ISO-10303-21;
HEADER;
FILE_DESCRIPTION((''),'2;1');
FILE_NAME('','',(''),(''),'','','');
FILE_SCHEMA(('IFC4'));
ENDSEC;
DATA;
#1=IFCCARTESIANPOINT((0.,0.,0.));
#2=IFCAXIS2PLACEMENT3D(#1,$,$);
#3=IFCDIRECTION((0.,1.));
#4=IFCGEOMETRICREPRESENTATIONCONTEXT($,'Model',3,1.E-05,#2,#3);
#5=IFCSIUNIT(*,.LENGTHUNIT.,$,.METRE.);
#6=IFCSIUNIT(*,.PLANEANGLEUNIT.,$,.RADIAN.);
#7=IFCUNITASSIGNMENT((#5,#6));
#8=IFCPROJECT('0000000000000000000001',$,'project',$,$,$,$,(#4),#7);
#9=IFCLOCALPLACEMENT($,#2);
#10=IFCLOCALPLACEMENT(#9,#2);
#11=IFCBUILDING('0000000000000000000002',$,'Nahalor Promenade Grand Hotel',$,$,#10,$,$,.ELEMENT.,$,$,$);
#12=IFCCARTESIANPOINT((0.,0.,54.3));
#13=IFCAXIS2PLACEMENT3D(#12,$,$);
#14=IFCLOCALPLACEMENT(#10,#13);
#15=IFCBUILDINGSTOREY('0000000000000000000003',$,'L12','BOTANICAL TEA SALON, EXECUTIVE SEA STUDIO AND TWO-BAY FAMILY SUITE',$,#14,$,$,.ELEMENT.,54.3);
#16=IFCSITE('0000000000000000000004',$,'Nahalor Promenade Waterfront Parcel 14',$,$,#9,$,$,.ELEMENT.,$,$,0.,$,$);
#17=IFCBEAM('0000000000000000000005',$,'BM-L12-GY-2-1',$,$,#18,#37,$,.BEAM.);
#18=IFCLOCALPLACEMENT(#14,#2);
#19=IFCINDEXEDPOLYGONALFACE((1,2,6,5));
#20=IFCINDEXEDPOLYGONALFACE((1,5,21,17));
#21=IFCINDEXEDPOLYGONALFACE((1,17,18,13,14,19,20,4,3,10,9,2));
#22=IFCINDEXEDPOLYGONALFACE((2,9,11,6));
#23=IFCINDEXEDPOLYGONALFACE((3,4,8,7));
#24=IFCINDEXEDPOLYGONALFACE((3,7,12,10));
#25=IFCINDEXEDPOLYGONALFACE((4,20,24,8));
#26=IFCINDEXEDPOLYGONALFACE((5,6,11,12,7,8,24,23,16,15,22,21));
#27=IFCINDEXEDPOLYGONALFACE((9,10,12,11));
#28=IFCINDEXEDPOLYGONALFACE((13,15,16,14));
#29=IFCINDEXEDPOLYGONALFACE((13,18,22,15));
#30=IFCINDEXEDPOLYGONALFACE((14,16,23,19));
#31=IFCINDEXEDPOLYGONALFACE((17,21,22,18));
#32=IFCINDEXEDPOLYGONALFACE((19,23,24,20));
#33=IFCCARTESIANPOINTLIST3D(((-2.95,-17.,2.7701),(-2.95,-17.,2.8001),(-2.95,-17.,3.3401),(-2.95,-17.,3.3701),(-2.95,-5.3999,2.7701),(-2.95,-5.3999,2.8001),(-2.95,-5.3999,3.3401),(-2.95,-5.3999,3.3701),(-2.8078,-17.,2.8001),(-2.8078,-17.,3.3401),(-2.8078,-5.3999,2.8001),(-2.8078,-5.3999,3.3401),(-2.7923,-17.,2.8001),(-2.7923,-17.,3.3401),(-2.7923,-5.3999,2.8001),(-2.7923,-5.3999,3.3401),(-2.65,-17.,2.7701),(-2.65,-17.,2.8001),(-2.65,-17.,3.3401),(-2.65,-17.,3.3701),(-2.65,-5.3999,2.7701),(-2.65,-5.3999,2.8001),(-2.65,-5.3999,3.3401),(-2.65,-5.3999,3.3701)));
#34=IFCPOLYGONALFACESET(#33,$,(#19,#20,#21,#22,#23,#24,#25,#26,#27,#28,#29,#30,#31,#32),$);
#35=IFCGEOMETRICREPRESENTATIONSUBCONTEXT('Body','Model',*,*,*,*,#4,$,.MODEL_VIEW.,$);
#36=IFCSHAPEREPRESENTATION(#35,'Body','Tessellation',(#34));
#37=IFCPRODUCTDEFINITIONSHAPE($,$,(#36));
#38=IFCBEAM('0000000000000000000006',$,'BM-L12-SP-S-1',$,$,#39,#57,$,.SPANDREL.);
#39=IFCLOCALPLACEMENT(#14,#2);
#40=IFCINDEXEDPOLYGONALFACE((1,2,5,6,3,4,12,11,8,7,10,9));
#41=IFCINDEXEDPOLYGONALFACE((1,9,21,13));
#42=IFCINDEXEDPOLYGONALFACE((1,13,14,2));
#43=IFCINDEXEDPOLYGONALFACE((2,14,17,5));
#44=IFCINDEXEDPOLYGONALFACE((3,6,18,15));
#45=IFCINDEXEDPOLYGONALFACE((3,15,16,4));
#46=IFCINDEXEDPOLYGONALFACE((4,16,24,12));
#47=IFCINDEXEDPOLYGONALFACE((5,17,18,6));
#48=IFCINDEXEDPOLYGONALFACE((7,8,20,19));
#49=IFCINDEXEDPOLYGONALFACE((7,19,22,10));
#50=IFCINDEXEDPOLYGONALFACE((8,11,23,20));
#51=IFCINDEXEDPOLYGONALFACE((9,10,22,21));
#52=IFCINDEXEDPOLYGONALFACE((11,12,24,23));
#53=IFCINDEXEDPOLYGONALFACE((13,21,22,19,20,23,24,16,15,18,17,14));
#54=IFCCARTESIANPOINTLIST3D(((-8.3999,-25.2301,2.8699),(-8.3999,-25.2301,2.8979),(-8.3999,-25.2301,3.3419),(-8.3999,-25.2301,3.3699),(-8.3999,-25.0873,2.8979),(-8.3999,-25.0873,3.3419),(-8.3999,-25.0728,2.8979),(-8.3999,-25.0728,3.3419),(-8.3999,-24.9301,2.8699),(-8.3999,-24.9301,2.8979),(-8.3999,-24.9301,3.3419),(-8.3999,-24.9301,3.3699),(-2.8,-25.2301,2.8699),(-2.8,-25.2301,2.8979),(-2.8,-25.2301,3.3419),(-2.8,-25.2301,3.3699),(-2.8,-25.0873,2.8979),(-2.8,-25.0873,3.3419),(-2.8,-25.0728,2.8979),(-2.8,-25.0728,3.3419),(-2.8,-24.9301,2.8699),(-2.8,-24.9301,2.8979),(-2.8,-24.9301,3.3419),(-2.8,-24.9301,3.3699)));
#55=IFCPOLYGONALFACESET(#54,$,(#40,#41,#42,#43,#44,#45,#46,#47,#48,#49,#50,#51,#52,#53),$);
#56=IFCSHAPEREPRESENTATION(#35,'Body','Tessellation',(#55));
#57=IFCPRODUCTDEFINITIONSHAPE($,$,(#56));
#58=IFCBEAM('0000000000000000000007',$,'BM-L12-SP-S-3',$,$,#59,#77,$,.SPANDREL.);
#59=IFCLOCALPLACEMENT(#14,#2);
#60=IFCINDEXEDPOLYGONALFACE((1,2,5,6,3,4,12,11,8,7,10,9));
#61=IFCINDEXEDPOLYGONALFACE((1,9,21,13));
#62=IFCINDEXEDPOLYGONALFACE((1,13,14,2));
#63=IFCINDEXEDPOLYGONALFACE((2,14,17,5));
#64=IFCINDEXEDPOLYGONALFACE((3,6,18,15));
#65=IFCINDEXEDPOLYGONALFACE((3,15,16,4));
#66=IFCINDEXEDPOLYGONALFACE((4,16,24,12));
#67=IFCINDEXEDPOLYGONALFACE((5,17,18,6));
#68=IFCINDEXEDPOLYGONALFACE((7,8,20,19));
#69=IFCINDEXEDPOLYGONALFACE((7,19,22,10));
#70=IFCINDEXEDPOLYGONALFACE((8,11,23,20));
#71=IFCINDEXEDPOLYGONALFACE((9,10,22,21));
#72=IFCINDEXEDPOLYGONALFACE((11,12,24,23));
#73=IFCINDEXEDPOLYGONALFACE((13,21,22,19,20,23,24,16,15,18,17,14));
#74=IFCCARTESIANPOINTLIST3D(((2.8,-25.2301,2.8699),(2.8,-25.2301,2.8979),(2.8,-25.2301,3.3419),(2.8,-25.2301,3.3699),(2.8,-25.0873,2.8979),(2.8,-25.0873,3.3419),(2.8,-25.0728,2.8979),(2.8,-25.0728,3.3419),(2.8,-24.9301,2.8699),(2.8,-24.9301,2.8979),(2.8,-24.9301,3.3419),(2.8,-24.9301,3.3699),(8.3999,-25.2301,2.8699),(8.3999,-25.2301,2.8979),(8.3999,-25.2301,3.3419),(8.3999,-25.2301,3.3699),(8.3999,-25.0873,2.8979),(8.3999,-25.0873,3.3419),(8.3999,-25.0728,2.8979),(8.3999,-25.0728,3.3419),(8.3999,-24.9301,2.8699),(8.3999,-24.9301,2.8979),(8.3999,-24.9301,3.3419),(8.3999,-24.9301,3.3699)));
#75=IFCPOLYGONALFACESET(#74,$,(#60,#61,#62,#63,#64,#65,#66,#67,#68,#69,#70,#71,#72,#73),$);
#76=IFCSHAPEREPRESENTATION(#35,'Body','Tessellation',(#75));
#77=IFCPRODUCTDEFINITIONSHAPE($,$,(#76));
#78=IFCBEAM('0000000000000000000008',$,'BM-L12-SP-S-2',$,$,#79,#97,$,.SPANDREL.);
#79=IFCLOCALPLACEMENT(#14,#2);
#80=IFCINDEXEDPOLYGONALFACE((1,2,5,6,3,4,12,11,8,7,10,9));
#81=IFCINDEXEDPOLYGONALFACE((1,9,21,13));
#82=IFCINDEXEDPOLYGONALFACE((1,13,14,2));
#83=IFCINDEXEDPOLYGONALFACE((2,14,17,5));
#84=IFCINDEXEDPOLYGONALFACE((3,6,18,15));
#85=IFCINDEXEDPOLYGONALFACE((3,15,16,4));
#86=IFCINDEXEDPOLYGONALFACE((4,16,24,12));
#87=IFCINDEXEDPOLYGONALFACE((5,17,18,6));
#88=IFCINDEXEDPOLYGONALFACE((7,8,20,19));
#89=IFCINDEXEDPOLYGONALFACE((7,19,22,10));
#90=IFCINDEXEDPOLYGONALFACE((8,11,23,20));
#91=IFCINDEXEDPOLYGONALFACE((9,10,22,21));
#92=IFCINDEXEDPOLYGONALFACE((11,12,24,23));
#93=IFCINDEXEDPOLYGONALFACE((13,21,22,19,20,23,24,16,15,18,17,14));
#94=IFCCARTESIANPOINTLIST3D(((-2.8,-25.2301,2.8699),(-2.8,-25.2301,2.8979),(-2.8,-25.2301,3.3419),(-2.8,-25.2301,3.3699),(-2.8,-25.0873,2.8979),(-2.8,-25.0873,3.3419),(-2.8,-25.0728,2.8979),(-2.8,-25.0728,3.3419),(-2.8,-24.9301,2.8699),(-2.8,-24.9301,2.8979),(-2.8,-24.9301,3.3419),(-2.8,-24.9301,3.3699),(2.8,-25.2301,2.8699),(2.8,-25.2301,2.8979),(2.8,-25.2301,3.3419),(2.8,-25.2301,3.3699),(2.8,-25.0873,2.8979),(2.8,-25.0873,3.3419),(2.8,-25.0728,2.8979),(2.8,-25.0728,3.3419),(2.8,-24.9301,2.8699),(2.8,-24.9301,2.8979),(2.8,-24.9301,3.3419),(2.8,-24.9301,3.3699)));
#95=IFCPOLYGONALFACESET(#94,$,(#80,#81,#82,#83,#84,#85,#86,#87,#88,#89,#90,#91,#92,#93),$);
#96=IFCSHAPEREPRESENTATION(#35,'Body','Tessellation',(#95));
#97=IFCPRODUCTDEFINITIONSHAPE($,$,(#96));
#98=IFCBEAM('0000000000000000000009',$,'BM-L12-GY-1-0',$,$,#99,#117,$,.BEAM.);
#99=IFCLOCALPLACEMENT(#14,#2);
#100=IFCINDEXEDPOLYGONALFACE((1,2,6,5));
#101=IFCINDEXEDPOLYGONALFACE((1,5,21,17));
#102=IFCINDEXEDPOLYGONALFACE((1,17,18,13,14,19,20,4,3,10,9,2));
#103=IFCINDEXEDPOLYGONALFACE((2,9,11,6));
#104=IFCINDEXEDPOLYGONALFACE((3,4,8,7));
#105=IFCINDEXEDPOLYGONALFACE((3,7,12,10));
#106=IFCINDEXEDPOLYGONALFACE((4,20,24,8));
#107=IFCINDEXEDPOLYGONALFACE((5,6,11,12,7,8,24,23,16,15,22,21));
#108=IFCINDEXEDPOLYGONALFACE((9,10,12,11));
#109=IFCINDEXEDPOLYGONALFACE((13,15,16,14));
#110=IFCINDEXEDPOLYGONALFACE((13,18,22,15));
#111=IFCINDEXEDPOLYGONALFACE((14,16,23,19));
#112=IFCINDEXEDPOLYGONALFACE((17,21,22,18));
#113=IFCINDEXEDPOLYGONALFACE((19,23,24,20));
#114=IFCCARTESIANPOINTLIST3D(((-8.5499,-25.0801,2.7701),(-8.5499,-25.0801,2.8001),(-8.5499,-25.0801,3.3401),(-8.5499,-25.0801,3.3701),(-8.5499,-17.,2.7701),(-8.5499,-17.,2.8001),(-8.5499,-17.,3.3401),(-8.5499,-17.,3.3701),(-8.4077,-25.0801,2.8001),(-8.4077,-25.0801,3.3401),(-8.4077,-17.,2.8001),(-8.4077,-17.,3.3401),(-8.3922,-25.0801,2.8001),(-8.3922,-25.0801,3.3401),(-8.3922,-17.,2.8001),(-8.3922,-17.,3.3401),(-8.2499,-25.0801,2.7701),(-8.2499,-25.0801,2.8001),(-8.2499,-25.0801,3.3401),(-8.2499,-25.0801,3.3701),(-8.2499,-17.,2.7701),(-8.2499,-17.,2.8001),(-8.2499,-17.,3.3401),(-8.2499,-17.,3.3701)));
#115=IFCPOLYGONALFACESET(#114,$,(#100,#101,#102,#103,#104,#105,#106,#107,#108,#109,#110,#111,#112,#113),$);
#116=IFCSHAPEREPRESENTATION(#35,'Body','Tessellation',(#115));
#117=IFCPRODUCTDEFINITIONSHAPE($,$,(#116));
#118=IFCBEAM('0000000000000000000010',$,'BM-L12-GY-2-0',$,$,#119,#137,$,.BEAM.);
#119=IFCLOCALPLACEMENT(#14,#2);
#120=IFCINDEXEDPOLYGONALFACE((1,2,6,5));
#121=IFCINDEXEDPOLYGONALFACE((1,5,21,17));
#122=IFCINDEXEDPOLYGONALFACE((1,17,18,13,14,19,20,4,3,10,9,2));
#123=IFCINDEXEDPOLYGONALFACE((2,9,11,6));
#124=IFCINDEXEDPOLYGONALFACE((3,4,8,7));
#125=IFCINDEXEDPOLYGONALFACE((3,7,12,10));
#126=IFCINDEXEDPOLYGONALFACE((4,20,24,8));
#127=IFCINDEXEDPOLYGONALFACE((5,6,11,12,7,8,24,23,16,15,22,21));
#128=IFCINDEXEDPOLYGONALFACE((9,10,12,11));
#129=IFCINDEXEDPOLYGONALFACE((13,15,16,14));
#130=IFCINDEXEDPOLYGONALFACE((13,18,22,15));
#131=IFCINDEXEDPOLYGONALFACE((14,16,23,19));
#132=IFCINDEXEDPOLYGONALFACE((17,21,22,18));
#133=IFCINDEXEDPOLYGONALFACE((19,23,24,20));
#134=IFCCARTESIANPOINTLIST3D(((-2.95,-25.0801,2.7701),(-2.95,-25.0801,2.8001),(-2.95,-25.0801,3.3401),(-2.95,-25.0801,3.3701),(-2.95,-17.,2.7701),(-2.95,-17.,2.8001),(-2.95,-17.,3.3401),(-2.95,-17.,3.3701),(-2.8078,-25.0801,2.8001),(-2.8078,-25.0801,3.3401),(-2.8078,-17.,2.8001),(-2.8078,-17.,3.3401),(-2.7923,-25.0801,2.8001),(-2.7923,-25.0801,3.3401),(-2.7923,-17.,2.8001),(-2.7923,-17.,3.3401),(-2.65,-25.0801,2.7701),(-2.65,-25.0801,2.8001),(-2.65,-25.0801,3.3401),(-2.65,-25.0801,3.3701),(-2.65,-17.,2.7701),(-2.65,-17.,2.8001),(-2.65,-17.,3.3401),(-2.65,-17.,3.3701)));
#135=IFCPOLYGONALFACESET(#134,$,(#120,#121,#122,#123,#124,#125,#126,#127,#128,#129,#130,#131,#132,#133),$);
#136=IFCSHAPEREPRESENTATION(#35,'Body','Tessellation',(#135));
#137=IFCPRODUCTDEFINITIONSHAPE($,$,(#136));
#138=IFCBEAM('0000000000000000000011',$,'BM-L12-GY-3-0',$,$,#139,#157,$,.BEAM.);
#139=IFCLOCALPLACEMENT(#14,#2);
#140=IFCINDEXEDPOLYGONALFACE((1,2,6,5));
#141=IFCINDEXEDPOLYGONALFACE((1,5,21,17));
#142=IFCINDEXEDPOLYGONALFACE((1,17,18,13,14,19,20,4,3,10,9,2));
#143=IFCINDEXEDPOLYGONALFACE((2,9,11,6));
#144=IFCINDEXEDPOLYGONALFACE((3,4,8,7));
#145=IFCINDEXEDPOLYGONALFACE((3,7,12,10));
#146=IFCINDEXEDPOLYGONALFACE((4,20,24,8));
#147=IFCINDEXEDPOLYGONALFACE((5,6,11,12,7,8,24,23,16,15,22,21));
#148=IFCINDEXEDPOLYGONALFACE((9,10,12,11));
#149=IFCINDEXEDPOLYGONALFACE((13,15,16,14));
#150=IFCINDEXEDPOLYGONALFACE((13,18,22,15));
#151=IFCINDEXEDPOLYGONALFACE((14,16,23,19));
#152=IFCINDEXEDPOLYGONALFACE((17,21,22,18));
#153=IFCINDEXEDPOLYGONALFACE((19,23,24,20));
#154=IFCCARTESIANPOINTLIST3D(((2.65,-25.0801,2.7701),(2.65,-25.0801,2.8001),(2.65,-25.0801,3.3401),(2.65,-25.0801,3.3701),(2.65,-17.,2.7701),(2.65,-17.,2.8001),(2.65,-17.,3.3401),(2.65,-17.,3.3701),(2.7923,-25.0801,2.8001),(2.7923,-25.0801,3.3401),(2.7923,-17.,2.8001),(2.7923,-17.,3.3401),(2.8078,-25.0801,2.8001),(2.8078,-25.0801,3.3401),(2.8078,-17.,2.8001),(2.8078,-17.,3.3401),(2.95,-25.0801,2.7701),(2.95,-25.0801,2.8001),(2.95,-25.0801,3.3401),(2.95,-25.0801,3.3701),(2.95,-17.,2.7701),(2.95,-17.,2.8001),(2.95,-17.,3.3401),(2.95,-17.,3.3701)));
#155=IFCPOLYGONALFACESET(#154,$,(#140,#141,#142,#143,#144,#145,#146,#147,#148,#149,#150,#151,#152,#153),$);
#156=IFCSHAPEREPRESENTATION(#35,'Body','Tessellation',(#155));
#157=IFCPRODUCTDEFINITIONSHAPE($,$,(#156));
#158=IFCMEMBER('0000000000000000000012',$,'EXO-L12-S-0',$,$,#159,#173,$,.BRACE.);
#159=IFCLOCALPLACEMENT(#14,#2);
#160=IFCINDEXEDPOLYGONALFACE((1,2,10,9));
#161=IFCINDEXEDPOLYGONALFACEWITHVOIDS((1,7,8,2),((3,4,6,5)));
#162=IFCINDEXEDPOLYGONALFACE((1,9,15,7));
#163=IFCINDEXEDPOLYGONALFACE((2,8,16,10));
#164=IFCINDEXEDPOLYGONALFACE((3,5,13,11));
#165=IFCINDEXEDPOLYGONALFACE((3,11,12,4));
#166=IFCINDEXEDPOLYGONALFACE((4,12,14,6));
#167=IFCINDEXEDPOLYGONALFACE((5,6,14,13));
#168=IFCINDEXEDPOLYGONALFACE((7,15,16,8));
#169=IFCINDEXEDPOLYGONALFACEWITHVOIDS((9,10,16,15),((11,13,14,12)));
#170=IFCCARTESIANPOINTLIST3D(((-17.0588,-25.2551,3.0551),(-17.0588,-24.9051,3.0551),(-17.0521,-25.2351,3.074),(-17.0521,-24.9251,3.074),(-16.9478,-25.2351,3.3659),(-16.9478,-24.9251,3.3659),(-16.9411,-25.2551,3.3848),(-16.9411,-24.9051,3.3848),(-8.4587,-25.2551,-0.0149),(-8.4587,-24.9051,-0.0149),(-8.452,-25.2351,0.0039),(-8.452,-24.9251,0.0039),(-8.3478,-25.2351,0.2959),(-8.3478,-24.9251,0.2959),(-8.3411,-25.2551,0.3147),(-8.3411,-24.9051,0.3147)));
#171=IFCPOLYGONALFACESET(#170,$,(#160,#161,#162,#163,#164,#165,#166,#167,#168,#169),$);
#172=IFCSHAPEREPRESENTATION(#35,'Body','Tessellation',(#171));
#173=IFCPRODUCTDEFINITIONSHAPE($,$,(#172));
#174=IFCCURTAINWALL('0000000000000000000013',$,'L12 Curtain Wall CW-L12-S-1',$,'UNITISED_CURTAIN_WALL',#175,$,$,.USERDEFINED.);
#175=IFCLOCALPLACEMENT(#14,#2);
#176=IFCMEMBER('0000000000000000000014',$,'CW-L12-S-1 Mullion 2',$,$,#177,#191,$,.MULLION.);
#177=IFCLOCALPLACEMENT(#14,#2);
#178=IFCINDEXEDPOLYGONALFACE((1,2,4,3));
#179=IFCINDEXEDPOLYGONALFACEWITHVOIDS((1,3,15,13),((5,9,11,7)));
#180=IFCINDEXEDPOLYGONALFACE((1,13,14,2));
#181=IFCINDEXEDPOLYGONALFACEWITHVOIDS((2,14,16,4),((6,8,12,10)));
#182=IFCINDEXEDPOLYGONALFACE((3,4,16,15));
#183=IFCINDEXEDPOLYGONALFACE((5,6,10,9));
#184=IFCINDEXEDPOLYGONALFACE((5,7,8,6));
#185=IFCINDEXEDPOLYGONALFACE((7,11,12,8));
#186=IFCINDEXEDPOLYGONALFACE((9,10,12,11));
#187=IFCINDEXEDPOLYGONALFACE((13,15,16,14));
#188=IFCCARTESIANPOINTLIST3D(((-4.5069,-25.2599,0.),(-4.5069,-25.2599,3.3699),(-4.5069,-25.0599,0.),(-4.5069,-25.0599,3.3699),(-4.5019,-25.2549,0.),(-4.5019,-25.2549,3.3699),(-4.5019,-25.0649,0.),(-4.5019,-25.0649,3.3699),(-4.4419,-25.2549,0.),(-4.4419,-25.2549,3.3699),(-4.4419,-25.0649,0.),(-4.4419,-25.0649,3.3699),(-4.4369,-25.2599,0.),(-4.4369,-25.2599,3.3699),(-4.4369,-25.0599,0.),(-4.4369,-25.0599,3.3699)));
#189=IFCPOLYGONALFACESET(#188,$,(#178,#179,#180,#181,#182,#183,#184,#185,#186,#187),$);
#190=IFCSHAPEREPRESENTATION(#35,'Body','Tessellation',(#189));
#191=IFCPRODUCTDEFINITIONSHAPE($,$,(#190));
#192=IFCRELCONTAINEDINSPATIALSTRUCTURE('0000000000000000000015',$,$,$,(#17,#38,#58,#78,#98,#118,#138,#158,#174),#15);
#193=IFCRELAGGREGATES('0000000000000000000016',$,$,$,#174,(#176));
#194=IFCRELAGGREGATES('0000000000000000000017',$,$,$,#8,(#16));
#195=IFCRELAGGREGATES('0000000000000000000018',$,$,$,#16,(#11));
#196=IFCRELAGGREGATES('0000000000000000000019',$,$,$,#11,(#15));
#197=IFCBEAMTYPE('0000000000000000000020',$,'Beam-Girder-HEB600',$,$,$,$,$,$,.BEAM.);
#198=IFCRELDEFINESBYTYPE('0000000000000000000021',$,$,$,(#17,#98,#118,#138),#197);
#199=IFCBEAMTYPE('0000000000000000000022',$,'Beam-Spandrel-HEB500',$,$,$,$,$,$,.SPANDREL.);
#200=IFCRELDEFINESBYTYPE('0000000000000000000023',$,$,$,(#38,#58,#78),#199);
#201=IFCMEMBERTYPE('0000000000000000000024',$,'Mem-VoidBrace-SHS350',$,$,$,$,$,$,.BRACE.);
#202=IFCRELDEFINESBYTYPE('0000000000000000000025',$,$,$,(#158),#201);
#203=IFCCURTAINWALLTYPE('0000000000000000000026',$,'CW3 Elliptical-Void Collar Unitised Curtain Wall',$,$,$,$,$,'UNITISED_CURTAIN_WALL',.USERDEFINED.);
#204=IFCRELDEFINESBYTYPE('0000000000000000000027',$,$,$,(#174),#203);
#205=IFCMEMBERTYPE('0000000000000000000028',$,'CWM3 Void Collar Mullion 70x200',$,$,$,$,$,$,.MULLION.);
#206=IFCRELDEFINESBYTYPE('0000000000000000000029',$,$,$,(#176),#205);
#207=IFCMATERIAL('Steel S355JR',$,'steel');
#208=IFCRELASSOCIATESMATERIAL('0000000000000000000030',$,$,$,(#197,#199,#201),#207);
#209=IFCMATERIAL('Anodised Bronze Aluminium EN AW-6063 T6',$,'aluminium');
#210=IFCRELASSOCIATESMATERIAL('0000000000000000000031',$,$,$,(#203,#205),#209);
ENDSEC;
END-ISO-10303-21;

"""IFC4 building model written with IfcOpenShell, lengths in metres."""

from ifc_helpers import new_model, si_unit, direction, frame, origin, origin_2d, place, context, subcontext, project, spatial, hollow_rectangle, i_section, extrude, source, transform, mapped, material, material_profile, profile_set, type_object, element, aggregate, save


model = new_model("IFC4")

# Units and contexts
model_context = context("Model", 3, precision=1e-05, world=origin(), true_north=direction((0.0, 1.0)))
body_context = subcontext(model_context, "Body", "Model", "MODEL_VIEW")
ifc_project = project(units=[si_unit("LENGTHUNIT", "METRE"), si_unit("PLANEANGLEUNIT", "RADIAN")], contexts=[model_context])

# Site, building, storey
site_placement = place(None, origin())
site = spatial("IfcSite", under=ifc_project, at=site_placement, Name="Nahalor Promenade Waterfront Parcel 14", CompositionType="ELEMENT", RefElevation=0.0)
building_placement = place(site_placement, origin())
building = spatial("IfcBuilding", under=site, at=building_placement, Name="Nahalor Promenade Grand Hotel", CompositionType="ELEMENT")
storey_placement = place(building_placement, frame((0.0, 0.0, 54.3)))
storey = spatial("IfcBuildingStorey", under=building, at=storey_placement, Name="L12", Description="BOTANICAL TEA SALON, EXECUTIVE SEA STUDIO AND TWO-BAY FAMILY SUITE", CompositionType="ELEMENT", Elevation=54.3)

# Beams
ifc_material_1 = material(Name="Steel S355JR", Category="steel")
ifc_material_profile_1 = material_profile(ifc_material_1, i_section(OverallWidth=0.3, OverallDepth=0.6, WebThickness=0.0155, FlangeThickness=0.03, at=origin_2d()), Name="HEB 600")
ifc_profile_set_1 = profile_set([ifc_material_profile_1], Name="Steel S355JR")
beam_type_1 = type_object("IfcBeamType", Name="Beam-Girder-HEB600", PredefinedType="BEAM", material=ifc_profile_set_1)
shared_shape_1 = source(origin(), body_context, "Body", "SweptSolid", [
    extrude(i_section(OverallWidth=0.3, OverallDepth=0.6, WebThickness=0.0155, FlangeThickness=0.03, at=origin_2d()), origin(), (0.0, 0.0, 1.0), 11.6001),
])
for number, where, z_axis, x_axis, name in (
    (1, (-2.8, -17.0, 3.0701), (0.0, 1.0, 0.0), (-1.0, 0.0, 0.0), "BM-L12-GY-2-1"),
):
    element("IfcBeam", number, at=place(storey_placement, frame(where, z_axis=z_axis, x_axis=x_axis)), inside=storey, type_object=beam_type_1, Name=name, PredefinedType="BEAM", context=body_context, shape_type="MappedRepresentation", body=[
        mapped(shared_shape_1, transform((0.0, 0.0, 0.0), scale=1.0)),
    ])
ifc_material_profile_2 = material_profile(ifc_material_1, i_section(OverallWidth=0.3, OverallDepth=0.5, WebThickness=0.0145, FlangeThickness=0.028, at=origin_2d()), Name="HEB 500")
ifc_profile_set_2 = profile_set([ifc_material_profile_2], Name="Steel S355JR")
beam_type_2 = type_object("IfcBeamType", Name="Beam-Spandrel-HEB500", PredefinedType="SPANDREL", material=ifc_profile_set_2)
shared_shape_2 = source(origin(), body_context, "Body", "SweptSolid", [
    extrude(i_section(OverallWidth=0.3, OverallDepth=0.5, WebThickness=0.0145, FlangeThickness=0.028, at=origin_2d()), origin(), (0.0, 0.0, 1.0), 5.5999),
])
for number, where, z_axis, x_axis, name in (
    (2, (-8.3999, -25.0801, 3.1199), (1.0, 0.0, 0.0), (0.0, 1.0, 0.0), "BM-L12-SP-S-1"),
    (3, (2.8, -25.0801, 3.1199), (1.0, 0.0, 0.0), (0.0, 1.0, 0.0), "BM-L12-SP-S-3"),
):
    element("IfcBeam", number, at=place(storey_placement, frame(where, z_axis=z_axis, x_axis=x_axis)), inside=storey, type_object=beam_type_2, Name=name, PredefinedType="SPANDREL", context=body_context, shape_type="MappedRepresentation", body=[
        mapped(shared_shape_2, transform((0.0, 0.0, 0.0), scale=1.0)),
    ])
shared_shape_3 = source(origin(), body_context, "Body", "SweptSolid", [
    extrude(i_section(OverallWidth=0.3, OverallDepth=0.5, WebThickness=0.0145, FlangeThickness=0.028, at=origin_2d()), origin(), (0.0, 0.0, 1.0), 5.6001),
])
beam_1_placement = place(storey_placement, frame((-2.8, -25.0801, 3.1199), z_axis=(1.0, 0.0, 0.0), x_axis=(0.0, 1.0, 0.0)))
element("IfcBeam", 4, at=beam_1_placement, inside=storey, type_object=beam_type_2, Name="BM-L12-SP-S-2", PredefinedType="SPANDREL", context=body_context, shape_type="MappedRepresentation", body=[
    mapped(shared_shape_3, transform((0.0, 0.0, 0.0), scale=1.0)),
])
shared_shape_4 = source(origin(), body_context, "Body", "SweptSolid", [
    extrude(i_section(OverallWidth=0.3, OverallDepth=0.6, WebThickness=0.0155, FlangeThickness=0.03, at=origin_2d()), origin(), (0.0, 0.0, 1.0), 8.0801),
])
for number, where, z_axis, x_axis, name in (
    (5, (-8.3999, -25.0801, 3.0701), (0.0, 1.0, 0.0), (-1.0, 0.0, 0.0), "BM-L12-GY-1-0"),
    (6, (-2.8, -25.0801, 3.0701), (0.0, 1.0, 0.0), (-1.0, 0.0, 0.0), "BM-L12-GY-2-0"),
    (7, (2.8, -25.0801, 3.0701), (0.0, 1.0, 0.0), (-1.0, 0.0, 0.0), "BM-L12-GY-3-0"),
):
    element("IfcBeam", number, at=place(storey_placement, frame(where, z_axis=z_axis, x_axis=x_axis)), inside=storey, type_object=beam_type_1, Name=name, PredefinedType="BEAM", context=body_context, shape_type="MappedRepresentation", body=[
        mapped(shared_shape_4, transform((0.0, 0.0, 0.0), scale=1.0)),
    ])

# Member
ifc_material_profile_3 = material_profile(ifc_material_1, hollow_rectangle(XDim=0.35, YDim=0.35, WallThickness=0.02, at=origin_2d()), Name="SHS 350x350x20")
ifc_profile_set_3 = profile_set([ifc_material_profile_3], Name="Steel S355JR")
member_type_1 = type_object("IfcMemberType", Name="Mem-VoidBrace-SHS350", PredefinedType="BRACE", material=ifc_profile_set_3)
shared_shape_5 = source(origin(), body_context, "Body", "SweptSolid", [
    extrude(hollow_rectangle(XDim=0.35, YDim=0.35, WallThickness=0.02, at=origin_2d()), origin(), (0.0, 0.0, 1.0), 9.1316),
])
member_1_placement = place(storey_placement, frame((-8.3999, -25.0801, 0.1499), z_axis=(-0.94179, 0.0, 0.336201), x_axis=(0.0, -1.0, 0.0)))
element("IfcMember", 8, at=member_1_placement, inside=storey, type_object=member_type_1, Name="EXO-L12-S-0", PredefinedType="BRACE", context=body_context, shape_type="MappedRepresentation", body=[
    mapped(shared_shape_5, transform((0.0, 0.0, 0.0), scale=1.0)),
])

# Curtain wall, member
ifc_material_2 = material(Name="Anodised Bronze Aluminium EN AW-6063 T6", Category="aluminium")
curtain_wall_type = type_object("IfcCurtainWallType", Name="CW3 Elliptical-Void Collar Unitised Curtain Wall", ElementType="UNITISED_CURTAIN_WALL", PredefinedType="USERDEFINED", material=ifc_material_2)
curtain_wall_placement = place(storey_placement, origin())
curtain_wall = element("IfcCurtainWall", 9, at=curtain_wall_placement, inside=storey, type_object=curtain_wall_type, Name="L12 Curtain Wall CW-L12-S-1", ObjectType="UNITISED_CURTAIN_WALL", PredefinedType="USERDEFINED")
ifc_material_profile_4 = material_profile(ifc_material_2, hollow_rectangle(XDim=0.07, YDim=0.2, WallThickness=0.005, at=origin_2d()), Name="CWM 70x200x5")
ifc_profile_set_4 = profile_set([ifc_material_profile_4], Name="Anodised Bronze Aluminium EN AW-6063 T6")
member_type_2 = type_object("IfcMemberType", Name="CWM3 Void Collar Mullion 70x200", PredefinedType="MULLION", material=ifc_profile_set_4)
shared_shape_6 = source(origin(), body_context, "Body", "SweptSolid", [
    extrude(hollow_rectangle(XDim=0.07, YDim=0.2, WallThickness=0.005, at=origin_2d()), origin(), (0.0, 0.0, 1.0), 3.3699),
])
member_2_placement = place(storey_placement, frame((-4.4719, -25.1599, 0.0), z_axis=(0.0, 0.0, 1.0), x_axis=(1.0, 0.0, 0.0)))
member_2 = element("IfcMember", 10, at=member_2_placement, type_object=member_type_2, Name="CW-L12-S-1 Mullion 2", PredefinedType="MULLION", context=body_context, shape_type="MappedRepresentation", body=[
    mapped(shared_shape_6, transform((0.0, 0.0, 0.0), scale=1.0)),
])
aggregate(curtain_wall, [member_2])

save(model, "model.ifc")
